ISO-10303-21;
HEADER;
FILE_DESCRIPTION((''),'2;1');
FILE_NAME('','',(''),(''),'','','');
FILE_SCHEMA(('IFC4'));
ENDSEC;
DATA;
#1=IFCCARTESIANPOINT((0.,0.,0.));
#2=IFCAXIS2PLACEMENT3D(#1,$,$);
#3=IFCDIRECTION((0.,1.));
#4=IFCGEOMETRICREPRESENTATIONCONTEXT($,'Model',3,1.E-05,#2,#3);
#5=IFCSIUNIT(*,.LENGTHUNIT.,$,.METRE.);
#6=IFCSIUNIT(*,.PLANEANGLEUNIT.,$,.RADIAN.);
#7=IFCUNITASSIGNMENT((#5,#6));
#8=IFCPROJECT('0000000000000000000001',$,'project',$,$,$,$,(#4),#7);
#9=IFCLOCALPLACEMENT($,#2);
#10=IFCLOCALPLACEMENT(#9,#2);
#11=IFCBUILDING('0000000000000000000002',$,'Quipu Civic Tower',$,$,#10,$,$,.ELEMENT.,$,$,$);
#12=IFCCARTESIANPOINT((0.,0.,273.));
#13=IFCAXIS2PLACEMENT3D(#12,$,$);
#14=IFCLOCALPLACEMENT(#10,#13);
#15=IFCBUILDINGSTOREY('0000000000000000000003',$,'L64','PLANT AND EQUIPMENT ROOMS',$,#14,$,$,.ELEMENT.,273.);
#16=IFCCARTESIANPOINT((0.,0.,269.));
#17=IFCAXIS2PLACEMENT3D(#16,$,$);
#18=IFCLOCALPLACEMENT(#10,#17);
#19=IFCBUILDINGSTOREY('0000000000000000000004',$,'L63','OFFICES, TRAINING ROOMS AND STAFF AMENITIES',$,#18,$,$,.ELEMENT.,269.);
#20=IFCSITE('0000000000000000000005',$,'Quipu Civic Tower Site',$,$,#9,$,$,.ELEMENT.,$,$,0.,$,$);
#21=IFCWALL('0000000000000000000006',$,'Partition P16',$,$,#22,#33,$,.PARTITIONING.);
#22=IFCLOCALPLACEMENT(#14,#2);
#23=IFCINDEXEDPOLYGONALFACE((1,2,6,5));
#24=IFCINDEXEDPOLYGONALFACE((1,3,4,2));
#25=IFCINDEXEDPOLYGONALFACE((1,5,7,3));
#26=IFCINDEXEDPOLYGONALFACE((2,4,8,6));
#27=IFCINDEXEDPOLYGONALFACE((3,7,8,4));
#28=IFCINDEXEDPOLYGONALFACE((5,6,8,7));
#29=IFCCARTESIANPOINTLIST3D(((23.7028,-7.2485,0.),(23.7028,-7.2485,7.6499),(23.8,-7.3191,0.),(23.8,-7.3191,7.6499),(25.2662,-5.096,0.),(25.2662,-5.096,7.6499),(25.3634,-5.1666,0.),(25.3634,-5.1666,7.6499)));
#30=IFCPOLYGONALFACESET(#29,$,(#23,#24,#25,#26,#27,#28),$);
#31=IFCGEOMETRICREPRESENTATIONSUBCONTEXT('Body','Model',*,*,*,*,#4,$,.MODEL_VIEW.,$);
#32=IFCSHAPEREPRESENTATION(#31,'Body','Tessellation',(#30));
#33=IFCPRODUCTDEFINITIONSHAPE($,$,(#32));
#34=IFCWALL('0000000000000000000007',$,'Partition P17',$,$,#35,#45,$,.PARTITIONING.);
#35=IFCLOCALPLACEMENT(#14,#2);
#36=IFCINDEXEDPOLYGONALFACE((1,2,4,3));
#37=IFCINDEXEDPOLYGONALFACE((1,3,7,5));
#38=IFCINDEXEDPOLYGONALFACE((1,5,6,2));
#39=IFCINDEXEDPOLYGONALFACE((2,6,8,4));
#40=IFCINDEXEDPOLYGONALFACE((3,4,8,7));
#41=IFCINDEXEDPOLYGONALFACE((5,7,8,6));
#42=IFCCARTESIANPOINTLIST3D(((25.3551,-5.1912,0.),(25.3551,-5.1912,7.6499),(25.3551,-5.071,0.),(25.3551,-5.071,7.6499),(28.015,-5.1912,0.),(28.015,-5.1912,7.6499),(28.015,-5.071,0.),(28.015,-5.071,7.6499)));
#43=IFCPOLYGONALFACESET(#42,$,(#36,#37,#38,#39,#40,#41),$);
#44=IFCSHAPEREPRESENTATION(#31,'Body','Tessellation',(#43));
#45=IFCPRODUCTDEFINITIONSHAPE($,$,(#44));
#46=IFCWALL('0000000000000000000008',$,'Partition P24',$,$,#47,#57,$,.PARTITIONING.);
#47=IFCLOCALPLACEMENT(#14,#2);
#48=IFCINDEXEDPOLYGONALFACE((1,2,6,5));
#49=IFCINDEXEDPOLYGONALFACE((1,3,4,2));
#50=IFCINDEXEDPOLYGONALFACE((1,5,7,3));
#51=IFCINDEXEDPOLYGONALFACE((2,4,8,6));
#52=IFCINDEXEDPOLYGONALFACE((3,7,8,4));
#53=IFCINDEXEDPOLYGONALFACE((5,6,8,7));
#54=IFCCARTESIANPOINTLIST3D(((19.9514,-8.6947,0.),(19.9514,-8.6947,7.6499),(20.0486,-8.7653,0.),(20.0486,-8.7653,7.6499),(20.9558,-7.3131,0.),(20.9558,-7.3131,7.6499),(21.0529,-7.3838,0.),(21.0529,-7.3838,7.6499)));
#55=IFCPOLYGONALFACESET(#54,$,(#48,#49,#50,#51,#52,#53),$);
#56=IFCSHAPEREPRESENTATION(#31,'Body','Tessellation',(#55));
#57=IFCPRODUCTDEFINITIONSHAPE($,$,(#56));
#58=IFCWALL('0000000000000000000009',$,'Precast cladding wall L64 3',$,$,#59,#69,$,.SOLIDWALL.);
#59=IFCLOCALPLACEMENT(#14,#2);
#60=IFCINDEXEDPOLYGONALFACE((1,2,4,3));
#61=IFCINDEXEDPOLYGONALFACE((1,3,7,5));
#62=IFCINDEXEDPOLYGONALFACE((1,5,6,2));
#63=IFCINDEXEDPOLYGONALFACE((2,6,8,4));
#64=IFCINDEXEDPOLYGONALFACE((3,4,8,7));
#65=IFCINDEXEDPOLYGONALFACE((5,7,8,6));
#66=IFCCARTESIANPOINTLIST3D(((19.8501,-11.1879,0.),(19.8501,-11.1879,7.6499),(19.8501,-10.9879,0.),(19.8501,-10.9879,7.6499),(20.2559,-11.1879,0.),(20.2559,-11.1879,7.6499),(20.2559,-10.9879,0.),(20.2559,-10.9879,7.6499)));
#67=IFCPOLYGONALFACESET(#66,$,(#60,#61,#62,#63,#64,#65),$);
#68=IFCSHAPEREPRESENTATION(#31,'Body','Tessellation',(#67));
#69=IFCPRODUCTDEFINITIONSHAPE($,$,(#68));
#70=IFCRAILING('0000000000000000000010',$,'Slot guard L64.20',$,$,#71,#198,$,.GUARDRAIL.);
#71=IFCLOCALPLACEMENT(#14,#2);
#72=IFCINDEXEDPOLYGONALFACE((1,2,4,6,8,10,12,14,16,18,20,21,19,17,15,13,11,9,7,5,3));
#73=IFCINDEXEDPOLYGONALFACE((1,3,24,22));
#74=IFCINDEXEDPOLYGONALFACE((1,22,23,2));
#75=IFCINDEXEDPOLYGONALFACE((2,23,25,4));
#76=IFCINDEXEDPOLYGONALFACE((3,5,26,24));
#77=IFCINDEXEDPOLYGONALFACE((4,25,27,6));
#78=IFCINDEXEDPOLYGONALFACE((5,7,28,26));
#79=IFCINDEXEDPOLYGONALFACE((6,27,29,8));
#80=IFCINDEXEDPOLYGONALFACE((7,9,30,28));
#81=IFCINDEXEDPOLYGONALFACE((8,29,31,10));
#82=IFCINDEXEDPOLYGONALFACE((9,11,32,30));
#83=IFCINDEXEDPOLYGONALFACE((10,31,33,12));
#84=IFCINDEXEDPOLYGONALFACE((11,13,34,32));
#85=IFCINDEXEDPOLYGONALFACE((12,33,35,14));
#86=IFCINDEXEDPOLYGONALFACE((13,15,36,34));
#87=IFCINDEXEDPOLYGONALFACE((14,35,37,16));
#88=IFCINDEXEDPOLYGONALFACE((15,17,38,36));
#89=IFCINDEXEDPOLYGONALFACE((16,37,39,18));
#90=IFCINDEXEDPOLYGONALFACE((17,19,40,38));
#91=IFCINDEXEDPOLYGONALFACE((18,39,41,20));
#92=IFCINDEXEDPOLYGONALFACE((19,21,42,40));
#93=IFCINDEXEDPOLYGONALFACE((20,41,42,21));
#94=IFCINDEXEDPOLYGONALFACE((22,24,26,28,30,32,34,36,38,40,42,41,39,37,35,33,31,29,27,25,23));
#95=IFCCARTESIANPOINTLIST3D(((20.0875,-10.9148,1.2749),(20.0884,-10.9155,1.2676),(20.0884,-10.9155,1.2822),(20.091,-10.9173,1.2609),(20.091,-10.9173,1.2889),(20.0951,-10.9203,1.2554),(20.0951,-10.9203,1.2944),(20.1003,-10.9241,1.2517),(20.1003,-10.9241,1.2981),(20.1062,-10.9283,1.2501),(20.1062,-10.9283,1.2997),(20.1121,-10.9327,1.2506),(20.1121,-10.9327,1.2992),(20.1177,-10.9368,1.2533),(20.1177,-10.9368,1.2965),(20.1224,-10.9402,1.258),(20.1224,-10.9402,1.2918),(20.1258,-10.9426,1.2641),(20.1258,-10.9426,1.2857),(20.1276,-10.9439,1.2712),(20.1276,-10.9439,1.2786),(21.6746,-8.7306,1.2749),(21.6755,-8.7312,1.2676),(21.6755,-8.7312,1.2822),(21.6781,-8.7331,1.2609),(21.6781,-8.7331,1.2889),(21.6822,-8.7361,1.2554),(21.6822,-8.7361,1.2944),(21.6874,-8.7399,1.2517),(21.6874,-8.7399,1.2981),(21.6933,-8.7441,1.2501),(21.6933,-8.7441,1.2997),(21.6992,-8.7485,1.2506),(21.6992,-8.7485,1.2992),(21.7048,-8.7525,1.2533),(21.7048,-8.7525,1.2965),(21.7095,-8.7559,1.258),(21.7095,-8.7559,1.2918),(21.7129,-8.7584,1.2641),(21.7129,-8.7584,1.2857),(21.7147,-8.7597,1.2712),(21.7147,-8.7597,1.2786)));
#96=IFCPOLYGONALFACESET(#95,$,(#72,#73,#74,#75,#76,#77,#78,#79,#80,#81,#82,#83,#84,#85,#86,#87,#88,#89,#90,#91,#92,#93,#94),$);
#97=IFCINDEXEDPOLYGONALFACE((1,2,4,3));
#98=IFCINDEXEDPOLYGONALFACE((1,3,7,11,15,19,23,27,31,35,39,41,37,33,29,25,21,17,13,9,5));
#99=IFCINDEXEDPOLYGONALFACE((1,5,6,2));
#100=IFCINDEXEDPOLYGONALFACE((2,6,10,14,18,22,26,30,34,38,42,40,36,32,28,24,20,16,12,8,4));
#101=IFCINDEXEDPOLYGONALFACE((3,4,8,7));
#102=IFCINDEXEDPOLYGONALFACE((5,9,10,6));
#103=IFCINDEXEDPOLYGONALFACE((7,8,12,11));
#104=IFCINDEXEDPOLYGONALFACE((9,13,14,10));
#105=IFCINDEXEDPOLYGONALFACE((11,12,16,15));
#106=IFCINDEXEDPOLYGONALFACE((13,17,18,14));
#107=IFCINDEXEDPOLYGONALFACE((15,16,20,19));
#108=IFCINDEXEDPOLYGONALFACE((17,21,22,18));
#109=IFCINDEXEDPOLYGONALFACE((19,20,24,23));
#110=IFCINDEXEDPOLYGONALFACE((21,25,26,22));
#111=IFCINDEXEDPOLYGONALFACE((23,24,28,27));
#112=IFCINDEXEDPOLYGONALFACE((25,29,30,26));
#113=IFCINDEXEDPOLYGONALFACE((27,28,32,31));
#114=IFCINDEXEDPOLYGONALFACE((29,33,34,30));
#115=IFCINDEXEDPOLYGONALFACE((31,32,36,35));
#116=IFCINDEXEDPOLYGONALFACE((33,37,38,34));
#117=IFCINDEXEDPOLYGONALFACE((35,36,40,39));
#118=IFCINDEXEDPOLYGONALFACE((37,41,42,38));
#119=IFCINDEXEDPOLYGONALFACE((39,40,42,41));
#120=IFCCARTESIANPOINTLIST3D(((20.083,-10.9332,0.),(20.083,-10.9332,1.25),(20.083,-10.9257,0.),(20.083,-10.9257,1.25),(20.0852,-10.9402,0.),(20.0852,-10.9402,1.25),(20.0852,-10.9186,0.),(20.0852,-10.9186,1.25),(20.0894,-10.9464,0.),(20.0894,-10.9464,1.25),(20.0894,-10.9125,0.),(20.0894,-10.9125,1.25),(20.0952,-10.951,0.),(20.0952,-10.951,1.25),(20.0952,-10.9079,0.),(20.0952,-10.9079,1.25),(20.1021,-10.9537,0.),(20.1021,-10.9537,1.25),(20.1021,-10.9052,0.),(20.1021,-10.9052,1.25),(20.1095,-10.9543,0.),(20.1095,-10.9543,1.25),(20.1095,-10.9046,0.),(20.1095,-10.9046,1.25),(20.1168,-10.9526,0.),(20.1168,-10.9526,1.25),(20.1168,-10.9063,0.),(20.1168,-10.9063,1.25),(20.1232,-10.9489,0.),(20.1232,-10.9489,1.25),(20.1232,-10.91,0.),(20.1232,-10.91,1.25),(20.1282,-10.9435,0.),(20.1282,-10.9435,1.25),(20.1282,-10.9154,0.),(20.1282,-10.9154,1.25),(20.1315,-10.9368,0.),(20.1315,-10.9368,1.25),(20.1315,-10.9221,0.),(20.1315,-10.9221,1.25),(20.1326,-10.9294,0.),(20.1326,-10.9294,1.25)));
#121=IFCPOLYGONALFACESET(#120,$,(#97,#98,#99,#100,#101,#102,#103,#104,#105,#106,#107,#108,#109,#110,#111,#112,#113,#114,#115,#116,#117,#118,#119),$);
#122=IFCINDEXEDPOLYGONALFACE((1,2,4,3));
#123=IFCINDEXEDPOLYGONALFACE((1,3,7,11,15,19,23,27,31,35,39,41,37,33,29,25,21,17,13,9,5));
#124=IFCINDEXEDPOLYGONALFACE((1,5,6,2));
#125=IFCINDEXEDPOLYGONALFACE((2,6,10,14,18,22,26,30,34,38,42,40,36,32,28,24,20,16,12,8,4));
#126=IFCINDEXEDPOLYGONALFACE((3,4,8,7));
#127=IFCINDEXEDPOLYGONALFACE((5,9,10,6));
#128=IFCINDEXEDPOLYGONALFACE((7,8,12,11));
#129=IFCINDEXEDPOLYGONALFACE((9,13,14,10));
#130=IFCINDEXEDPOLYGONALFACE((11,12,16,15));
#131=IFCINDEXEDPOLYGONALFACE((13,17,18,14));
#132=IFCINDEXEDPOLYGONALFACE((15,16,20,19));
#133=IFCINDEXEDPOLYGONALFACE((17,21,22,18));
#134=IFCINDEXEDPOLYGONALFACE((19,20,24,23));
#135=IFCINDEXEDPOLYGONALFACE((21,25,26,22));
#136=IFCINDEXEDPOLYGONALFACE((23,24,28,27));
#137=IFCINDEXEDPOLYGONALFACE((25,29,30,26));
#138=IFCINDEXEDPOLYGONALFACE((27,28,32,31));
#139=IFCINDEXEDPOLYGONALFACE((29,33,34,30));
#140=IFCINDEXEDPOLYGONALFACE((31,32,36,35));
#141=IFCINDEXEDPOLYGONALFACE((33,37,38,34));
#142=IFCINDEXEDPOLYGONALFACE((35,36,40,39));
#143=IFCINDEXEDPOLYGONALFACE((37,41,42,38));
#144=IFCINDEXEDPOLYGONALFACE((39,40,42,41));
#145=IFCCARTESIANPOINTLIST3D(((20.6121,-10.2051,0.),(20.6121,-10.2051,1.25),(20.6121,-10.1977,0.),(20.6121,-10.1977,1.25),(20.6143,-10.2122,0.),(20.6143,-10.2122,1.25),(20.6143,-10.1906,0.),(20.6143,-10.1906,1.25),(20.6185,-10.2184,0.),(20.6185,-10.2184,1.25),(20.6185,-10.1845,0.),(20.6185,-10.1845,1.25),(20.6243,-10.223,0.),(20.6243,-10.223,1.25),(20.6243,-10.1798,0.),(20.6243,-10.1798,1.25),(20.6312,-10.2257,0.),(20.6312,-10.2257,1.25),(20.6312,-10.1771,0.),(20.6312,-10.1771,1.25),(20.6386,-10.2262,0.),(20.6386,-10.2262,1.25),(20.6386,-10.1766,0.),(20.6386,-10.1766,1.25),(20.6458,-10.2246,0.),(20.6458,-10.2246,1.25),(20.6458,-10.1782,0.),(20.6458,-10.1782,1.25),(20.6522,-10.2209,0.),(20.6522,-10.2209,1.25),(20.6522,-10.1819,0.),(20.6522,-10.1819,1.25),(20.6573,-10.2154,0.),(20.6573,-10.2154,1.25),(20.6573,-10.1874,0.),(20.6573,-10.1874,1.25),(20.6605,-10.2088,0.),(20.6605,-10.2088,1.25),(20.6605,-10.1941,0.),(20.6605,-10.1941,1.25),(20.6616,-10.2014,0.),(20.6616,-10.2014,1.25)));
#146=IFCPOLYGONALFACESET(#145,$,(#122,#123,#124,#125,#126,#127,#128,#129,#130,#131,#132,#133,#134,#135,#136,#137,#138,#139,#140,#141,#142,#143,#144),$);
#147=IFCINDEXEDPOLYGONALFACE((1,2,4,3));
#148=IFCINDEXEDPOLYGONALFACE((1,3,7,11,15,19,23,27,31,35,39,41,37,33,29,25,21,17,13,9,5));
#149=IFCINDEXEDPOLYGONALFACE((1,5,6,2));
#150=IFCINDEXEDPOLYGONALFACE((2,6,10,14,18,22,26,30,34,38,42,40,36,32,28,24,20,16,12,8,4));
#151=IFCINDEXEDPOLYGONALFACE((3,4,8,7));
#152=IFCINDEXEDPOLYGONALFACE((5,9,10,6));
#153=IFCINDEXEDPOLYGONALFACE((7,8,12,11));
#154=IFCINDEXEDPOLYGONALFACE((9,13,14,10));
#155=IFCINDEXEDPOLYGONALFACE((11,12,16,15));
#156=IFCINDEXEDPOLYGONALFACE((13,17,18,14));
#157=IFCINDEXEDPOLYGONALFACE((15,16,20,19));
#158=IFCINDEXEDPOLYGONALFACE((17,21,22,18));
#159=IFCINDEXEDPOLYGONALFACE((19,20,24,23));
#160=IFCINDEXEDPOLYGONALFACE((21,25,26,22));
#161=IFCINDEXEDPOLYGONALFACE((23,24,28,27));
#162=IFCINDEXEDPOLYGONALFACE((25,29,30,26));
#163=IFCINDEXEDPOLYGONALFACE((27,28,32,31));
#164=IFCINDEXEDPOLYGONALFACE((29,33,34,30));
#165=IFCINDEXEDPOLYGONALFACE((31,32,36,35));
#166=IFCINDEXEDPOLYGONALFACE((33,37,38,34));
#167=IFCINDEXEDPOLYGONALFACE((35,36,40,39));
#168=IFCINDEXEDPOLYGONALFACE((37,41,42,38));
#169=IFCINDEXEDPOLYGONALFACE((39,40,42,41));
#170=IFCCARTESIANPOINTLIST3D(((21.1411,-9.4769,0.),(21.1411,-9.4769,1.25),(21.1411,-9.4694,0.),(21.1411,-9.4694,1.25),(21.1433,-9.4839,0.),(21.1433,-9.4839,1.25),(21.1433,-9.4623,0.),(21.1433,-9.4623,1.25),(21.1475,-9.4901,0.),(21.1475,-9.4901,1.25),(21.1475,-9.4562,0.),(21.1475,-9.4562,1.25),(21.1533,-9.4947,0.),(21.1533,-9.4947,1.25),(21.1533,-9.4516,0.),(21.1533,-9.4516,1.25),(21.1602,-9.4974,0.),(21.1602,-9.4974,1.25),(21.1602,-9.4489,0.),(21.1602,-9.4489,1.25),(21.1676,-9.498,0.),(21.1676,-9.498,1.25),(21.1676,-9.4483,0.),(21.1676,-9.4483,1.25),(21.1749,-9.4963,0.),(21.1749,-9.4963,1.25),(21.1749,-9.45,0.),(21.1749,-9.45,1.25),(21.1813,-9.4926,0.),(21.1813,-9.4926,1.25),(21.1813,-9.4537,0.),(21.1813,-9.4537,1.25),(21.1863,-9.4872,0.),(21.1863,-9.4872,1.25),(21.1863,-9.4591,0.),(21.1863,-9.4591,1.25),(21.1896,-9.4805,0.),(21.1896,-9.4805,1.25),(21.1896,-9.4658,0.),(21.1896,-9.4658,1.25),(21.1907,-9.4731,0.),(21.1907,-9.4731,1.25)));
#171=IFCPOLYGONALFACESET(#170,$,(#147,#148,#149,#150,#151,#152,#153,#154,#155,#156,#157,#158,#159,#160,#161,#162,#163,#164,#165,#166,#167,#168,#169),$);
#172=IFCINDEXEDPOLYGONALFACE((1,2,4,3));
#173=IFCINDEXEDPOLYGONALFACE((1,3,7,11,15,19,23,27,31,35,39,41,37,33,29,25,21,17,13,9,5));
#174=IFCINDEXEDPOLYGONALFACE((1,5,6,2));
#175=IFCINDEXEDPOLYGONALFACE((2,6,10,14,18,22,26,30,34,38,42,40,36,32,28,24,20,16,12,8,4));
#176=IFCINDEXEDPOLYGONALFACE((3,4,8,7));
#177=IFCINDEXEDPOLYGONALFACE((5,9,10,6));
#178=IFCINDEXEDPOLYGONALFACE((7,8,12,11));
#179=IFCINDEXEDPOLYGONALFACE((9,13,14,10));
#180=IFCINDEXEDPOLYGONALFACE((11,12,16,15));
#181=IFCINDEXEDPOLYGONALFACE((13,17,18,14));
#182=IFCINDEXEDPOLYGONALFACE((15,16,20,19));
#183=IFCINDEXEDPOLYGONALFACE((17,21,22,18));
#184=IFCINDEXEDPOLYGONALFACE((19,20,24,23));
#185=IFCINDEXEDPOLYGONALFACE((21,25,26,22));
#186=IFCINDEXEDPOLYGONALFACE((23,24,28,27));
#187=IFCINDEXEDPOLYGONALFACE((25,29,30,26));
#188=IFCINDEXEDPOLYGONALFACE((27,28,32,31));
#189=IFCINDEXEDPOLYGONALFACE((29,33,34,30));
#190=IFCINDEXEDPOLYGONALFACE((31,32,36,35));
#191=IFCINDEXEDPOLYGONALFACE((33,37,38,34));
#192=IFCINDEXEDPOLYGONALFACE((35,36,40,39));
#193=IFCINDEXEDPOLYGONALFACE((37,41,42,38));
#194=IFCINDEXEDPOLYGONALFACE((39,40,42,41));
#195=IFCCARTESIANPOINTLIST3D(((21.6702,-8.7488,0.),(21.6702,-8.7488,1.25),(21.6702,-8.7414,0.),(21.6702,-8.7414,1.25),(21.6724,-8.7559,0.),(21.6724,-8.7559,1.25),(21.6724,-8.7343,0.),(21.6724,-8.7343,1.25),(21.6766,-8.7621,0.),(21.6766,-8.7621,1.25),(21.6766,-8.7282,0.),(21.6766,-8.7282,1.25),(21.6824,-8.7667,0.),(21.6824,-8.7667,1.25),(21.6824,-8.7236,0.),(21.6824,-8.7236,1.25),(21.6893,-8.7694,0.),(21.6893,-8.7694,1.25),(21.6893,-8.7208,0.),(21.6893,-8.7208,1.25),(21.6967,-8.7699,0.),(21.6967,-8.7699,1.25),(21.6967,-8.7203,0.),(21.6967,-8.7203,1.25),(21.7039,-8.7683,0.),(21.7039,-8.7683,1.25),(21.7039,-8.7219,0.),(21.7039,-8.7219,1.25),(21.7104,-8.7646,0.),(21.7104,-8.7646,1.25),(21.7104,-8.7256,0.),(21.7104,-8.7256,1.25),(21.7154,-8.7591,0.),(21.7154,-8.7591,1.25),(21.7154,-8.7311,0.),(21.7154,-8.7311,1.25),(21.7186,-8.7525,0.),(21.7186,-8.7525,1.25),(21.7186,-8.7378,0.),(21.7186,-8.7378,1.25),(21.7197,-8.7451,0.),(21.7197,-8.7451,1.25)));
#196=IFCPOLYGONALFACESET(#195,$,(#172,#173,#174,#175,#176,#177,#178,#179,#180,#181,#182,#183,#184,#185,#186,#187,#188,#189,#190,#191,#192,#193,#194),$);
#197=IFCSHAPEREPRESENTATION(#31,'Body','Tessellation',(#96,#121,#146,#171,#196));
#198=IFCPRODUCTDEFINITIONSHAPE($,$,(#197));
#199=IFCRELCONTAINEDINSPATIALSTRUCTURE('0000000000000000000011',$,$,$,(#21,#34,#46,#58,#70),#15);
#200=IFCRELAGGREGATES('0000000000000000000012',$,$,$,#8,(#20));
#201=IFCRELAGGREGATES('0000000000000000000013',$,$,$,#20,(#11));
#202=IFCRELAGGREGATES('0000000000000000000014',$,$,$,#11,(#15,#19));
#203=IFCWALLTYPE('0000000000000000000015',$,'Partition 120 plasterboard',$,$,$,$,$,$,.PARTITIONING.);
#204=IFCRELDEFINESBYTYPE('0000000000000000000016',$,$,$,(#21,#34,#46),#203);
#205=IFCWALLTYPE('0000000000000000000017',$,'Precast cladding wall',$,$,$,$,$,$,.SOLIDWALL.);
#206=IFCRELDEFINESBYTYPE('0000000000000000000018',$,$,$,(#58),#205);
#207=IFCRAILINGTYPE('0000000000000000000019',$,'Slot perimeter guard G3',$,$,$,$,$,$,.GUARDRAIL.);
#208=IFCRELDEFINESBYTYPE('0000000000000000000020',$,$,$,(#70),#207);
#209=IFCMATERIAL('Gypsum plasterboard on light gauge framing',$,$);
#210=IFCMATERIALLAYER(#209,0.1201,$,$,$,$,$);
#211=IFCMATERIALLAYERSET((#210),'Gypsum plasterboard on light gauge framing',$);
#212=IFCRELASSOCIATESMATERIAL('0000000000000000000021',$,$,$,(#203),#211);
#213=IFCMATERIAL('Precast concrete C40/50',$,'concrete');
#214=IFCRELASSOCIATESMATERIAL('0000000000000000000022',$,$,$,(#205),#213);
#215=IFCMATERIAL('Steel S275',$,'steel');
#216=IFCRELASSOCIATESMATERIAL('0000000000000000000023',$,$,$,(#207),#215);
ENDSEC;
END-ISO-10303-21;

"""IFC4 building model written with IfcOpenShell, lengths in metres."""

from ifc_helpers import new_model, si_unit, direction, frame, frame_2d, origin, origin_2d, place, context, subcontext, project, spatial, rectangle, circle, extrude, material, layer, layer_set, type_object, element, save


model = new_model("IFC4")

# Units and contexts
model_context = context("Model", 3, precision=1e-05, world=origin(), true_north=direction((0.0, 1.0)))
body_context = subcontext(model_context, "Body", "Model", "MODEL_VIEW")
ifc_project = project(units=[si_unit("LENGTHUNIT", "METRE"), si_unit("PLANEANGLEUNIT", "RADIAN")], contexts=[model_context])

# Site, building, storey
site_placement = place(None, origin())
site = spatial("IfcSite", under=ifc_project, at=site_placement, Name="Quipu Civic Tower Site", CompositionType="ELEMENT", RefElevation=0.0)
building_placement = place(site_placement, origin())
building = spatial("IfcBuilding", under=site, at=building_placement, Name="Quipu Civic Tower", CompositionType="ELEMENT")
storey_1_placement = place(building_placement, frame((0.0, 0.0, 273.0)))
storey_1 = spatial("IfcBuildingStorey", under=building, at=storey_1_placement, Name="L64", Description="PLANT AND EQUIPMENT ROOMS", CompositionType="ELEMENT", Elevation=273.0)

# Shared definitions
storey_2_placement = place(building_placement, frame((0.0, 0.0, 269.0)))
storey_2 = spatial("IfcBuildingStorey", under=building, at=storey_2_placement, Name="L63", Description="OFFICES, TRAINING ROOMS AND STAFF AMENITIES", CompositionType="ELEMENT", Elevation=269.0)

# Walls
ifc_material_1 = material(Name="Gypsum plasterboard on light gauge framing")
ifc_layer_1 = layer(ifc_material_1, 0.1201)
ifc_layer_set_1 = layer_set([ifc_layer_1], Name="Gypsum plasterboard on light gauge framing")
wall_type_1 = type_object("IfcWallType", Name="Partition 120 plasterboard", PredefinedType="PARTITIONING", material=ifc_layer_set_1)
wall_1_placement = place(storey_1_placement, frame((23.7515, -7.2837, 0.0), z_axis=(0.0, 0.0, 1.0), x_axis=(0.58767, 0.809101, 0.0)))
element("IfcWall", 1, at=wall_1_placement, inside=storey_1, type_object=wall_type_1, Name="Partition P16", PredefinedType="PARTITIONING", context=body_context, shape_type="SweptSolid", body=[
    extrude(rectangle(XDim=2.6604, YDim=0.1201, at=frame_2d((1.3301, 0.0))), origin(), (0.0, 0.0, 1.0), 7.6499),
])
wall_2_placement = place(storey_1_placement, frame((25.355, -5.1311, 0.0), z_axis=(0.0, 0.0, 1.0), x_axis=(1.0, 0.0, 0.0)))
element("IfcWall", 2, at=wall_2_placement, inside=storey_1, type_object=wall_type_1, Name="Partition P17", PredefinedType="PARTITIONING", context=body_context, shape_type="SweptSolid", body=[
    extrude(rectangle(XDim=2.6599, YDim=0.1201, at=frame_2d((1.3301, 0.0))), origin(), (0.0, 0.0, 1.0), 7.6499),
])
wall_3_placement = place(storey_1_placement, frame((20.0, -8.73, 0.0), z_axis=(0.0, 0.0, 1.0), x_axis=(0.588019, 0.808847, 0.0)))
element("IfcWall", 3, at=wall_3_placement, inside=storey_1, type_object=wall_type_1, Name="Partition P24", PredefinedType="PARTITIONING", context=body_context, shape_type="SweptSolid", body=[
    extrude(rectangle(XDim=1.708, YDim=0.1201, at=frame_2d((0.854, 0.0))), origin(), (0.0, 0.0, 1.0), 7.6499),
])
ifc_material_2 = material(Name="Precast concrete C40/50", Category="concrete")
wall_type_2 = type_object("IfcWallType", Name="Precast cladding wall", PredefinedType="SOLIDWALL", material=ifc_material_2)
wall_4_placement = place(storey_1_placement, frame((19.8501, -11.0879, 0.0), z_axis=(0.0, 0.0, 1.0), x_axis=(1.0, 0.0, 0.0)))
element("IfcWall", 4, at=wall_4_placement, inside=storey_1, type_object=wall_type_2, Name="Precast cladding wall L64 3", PredefinedType="SOLIDWALL", context=body_context, shape_type="SweptSolid", body=[
    extrude(rectangle(XDim=0.4058, YDim=0.2, at=frame_2d((0.2029, 0.0))), origin(), (0.0, 0.0, 1.0), 7.6499),
])

# Railing
ifc_material_3 = material(Name="Steel S275", Category="steel")
railing_type = type_object("IfcRailingType", Name="Slot perimeter guard G3", PredefinedType="GUARDRAIL", material=ifc_material_3)
railing_1_placement = place(storey_1_placement, frame((20.1077, -10.9294, 0.0)))
element("IfcRailing", 5, at=railing_1_placement, inside=storey_1, type_object=railing_type, Name="Slot guard L64.20", PredefinedType="GUARDRAIL", context=body_context, shape_type="SweptSolid", body=[
    extrude(circle(Radius=0.0249, at=origin_2d()), frame((0.0, 0.0, 1.2749), z_axis=(0.587822, 0.80899, 0.0), x_axis=(-0.80899, 0.587822, 0.0)), (0.0, 0.0, 1.0), 2.7),
    extrude(circle(Radius=0.0249, at=origin_2d()), origin(), (0.0, 0.0, 1.0), 1.25),
    extrude(circle(Radius=0.0249, at=origin_2d()), frame((0.5291, 0.728, 0.0)), (0.0, 0.0, 1.0), 1.25),
    extrude(circle(Radius=0.0249, at=origin_2d()), frame((1.0581, 1.4563, 0.0)), (0.0, 0.0, 1.0), 1.25),
    extrude(circle(Radius=0.0249, at=origin_2d()), frame((1.5872, 2.1843, 0.0)), (0.0, 0.0, 1.0), 1.25),
])

save(model, "model.ifc")
